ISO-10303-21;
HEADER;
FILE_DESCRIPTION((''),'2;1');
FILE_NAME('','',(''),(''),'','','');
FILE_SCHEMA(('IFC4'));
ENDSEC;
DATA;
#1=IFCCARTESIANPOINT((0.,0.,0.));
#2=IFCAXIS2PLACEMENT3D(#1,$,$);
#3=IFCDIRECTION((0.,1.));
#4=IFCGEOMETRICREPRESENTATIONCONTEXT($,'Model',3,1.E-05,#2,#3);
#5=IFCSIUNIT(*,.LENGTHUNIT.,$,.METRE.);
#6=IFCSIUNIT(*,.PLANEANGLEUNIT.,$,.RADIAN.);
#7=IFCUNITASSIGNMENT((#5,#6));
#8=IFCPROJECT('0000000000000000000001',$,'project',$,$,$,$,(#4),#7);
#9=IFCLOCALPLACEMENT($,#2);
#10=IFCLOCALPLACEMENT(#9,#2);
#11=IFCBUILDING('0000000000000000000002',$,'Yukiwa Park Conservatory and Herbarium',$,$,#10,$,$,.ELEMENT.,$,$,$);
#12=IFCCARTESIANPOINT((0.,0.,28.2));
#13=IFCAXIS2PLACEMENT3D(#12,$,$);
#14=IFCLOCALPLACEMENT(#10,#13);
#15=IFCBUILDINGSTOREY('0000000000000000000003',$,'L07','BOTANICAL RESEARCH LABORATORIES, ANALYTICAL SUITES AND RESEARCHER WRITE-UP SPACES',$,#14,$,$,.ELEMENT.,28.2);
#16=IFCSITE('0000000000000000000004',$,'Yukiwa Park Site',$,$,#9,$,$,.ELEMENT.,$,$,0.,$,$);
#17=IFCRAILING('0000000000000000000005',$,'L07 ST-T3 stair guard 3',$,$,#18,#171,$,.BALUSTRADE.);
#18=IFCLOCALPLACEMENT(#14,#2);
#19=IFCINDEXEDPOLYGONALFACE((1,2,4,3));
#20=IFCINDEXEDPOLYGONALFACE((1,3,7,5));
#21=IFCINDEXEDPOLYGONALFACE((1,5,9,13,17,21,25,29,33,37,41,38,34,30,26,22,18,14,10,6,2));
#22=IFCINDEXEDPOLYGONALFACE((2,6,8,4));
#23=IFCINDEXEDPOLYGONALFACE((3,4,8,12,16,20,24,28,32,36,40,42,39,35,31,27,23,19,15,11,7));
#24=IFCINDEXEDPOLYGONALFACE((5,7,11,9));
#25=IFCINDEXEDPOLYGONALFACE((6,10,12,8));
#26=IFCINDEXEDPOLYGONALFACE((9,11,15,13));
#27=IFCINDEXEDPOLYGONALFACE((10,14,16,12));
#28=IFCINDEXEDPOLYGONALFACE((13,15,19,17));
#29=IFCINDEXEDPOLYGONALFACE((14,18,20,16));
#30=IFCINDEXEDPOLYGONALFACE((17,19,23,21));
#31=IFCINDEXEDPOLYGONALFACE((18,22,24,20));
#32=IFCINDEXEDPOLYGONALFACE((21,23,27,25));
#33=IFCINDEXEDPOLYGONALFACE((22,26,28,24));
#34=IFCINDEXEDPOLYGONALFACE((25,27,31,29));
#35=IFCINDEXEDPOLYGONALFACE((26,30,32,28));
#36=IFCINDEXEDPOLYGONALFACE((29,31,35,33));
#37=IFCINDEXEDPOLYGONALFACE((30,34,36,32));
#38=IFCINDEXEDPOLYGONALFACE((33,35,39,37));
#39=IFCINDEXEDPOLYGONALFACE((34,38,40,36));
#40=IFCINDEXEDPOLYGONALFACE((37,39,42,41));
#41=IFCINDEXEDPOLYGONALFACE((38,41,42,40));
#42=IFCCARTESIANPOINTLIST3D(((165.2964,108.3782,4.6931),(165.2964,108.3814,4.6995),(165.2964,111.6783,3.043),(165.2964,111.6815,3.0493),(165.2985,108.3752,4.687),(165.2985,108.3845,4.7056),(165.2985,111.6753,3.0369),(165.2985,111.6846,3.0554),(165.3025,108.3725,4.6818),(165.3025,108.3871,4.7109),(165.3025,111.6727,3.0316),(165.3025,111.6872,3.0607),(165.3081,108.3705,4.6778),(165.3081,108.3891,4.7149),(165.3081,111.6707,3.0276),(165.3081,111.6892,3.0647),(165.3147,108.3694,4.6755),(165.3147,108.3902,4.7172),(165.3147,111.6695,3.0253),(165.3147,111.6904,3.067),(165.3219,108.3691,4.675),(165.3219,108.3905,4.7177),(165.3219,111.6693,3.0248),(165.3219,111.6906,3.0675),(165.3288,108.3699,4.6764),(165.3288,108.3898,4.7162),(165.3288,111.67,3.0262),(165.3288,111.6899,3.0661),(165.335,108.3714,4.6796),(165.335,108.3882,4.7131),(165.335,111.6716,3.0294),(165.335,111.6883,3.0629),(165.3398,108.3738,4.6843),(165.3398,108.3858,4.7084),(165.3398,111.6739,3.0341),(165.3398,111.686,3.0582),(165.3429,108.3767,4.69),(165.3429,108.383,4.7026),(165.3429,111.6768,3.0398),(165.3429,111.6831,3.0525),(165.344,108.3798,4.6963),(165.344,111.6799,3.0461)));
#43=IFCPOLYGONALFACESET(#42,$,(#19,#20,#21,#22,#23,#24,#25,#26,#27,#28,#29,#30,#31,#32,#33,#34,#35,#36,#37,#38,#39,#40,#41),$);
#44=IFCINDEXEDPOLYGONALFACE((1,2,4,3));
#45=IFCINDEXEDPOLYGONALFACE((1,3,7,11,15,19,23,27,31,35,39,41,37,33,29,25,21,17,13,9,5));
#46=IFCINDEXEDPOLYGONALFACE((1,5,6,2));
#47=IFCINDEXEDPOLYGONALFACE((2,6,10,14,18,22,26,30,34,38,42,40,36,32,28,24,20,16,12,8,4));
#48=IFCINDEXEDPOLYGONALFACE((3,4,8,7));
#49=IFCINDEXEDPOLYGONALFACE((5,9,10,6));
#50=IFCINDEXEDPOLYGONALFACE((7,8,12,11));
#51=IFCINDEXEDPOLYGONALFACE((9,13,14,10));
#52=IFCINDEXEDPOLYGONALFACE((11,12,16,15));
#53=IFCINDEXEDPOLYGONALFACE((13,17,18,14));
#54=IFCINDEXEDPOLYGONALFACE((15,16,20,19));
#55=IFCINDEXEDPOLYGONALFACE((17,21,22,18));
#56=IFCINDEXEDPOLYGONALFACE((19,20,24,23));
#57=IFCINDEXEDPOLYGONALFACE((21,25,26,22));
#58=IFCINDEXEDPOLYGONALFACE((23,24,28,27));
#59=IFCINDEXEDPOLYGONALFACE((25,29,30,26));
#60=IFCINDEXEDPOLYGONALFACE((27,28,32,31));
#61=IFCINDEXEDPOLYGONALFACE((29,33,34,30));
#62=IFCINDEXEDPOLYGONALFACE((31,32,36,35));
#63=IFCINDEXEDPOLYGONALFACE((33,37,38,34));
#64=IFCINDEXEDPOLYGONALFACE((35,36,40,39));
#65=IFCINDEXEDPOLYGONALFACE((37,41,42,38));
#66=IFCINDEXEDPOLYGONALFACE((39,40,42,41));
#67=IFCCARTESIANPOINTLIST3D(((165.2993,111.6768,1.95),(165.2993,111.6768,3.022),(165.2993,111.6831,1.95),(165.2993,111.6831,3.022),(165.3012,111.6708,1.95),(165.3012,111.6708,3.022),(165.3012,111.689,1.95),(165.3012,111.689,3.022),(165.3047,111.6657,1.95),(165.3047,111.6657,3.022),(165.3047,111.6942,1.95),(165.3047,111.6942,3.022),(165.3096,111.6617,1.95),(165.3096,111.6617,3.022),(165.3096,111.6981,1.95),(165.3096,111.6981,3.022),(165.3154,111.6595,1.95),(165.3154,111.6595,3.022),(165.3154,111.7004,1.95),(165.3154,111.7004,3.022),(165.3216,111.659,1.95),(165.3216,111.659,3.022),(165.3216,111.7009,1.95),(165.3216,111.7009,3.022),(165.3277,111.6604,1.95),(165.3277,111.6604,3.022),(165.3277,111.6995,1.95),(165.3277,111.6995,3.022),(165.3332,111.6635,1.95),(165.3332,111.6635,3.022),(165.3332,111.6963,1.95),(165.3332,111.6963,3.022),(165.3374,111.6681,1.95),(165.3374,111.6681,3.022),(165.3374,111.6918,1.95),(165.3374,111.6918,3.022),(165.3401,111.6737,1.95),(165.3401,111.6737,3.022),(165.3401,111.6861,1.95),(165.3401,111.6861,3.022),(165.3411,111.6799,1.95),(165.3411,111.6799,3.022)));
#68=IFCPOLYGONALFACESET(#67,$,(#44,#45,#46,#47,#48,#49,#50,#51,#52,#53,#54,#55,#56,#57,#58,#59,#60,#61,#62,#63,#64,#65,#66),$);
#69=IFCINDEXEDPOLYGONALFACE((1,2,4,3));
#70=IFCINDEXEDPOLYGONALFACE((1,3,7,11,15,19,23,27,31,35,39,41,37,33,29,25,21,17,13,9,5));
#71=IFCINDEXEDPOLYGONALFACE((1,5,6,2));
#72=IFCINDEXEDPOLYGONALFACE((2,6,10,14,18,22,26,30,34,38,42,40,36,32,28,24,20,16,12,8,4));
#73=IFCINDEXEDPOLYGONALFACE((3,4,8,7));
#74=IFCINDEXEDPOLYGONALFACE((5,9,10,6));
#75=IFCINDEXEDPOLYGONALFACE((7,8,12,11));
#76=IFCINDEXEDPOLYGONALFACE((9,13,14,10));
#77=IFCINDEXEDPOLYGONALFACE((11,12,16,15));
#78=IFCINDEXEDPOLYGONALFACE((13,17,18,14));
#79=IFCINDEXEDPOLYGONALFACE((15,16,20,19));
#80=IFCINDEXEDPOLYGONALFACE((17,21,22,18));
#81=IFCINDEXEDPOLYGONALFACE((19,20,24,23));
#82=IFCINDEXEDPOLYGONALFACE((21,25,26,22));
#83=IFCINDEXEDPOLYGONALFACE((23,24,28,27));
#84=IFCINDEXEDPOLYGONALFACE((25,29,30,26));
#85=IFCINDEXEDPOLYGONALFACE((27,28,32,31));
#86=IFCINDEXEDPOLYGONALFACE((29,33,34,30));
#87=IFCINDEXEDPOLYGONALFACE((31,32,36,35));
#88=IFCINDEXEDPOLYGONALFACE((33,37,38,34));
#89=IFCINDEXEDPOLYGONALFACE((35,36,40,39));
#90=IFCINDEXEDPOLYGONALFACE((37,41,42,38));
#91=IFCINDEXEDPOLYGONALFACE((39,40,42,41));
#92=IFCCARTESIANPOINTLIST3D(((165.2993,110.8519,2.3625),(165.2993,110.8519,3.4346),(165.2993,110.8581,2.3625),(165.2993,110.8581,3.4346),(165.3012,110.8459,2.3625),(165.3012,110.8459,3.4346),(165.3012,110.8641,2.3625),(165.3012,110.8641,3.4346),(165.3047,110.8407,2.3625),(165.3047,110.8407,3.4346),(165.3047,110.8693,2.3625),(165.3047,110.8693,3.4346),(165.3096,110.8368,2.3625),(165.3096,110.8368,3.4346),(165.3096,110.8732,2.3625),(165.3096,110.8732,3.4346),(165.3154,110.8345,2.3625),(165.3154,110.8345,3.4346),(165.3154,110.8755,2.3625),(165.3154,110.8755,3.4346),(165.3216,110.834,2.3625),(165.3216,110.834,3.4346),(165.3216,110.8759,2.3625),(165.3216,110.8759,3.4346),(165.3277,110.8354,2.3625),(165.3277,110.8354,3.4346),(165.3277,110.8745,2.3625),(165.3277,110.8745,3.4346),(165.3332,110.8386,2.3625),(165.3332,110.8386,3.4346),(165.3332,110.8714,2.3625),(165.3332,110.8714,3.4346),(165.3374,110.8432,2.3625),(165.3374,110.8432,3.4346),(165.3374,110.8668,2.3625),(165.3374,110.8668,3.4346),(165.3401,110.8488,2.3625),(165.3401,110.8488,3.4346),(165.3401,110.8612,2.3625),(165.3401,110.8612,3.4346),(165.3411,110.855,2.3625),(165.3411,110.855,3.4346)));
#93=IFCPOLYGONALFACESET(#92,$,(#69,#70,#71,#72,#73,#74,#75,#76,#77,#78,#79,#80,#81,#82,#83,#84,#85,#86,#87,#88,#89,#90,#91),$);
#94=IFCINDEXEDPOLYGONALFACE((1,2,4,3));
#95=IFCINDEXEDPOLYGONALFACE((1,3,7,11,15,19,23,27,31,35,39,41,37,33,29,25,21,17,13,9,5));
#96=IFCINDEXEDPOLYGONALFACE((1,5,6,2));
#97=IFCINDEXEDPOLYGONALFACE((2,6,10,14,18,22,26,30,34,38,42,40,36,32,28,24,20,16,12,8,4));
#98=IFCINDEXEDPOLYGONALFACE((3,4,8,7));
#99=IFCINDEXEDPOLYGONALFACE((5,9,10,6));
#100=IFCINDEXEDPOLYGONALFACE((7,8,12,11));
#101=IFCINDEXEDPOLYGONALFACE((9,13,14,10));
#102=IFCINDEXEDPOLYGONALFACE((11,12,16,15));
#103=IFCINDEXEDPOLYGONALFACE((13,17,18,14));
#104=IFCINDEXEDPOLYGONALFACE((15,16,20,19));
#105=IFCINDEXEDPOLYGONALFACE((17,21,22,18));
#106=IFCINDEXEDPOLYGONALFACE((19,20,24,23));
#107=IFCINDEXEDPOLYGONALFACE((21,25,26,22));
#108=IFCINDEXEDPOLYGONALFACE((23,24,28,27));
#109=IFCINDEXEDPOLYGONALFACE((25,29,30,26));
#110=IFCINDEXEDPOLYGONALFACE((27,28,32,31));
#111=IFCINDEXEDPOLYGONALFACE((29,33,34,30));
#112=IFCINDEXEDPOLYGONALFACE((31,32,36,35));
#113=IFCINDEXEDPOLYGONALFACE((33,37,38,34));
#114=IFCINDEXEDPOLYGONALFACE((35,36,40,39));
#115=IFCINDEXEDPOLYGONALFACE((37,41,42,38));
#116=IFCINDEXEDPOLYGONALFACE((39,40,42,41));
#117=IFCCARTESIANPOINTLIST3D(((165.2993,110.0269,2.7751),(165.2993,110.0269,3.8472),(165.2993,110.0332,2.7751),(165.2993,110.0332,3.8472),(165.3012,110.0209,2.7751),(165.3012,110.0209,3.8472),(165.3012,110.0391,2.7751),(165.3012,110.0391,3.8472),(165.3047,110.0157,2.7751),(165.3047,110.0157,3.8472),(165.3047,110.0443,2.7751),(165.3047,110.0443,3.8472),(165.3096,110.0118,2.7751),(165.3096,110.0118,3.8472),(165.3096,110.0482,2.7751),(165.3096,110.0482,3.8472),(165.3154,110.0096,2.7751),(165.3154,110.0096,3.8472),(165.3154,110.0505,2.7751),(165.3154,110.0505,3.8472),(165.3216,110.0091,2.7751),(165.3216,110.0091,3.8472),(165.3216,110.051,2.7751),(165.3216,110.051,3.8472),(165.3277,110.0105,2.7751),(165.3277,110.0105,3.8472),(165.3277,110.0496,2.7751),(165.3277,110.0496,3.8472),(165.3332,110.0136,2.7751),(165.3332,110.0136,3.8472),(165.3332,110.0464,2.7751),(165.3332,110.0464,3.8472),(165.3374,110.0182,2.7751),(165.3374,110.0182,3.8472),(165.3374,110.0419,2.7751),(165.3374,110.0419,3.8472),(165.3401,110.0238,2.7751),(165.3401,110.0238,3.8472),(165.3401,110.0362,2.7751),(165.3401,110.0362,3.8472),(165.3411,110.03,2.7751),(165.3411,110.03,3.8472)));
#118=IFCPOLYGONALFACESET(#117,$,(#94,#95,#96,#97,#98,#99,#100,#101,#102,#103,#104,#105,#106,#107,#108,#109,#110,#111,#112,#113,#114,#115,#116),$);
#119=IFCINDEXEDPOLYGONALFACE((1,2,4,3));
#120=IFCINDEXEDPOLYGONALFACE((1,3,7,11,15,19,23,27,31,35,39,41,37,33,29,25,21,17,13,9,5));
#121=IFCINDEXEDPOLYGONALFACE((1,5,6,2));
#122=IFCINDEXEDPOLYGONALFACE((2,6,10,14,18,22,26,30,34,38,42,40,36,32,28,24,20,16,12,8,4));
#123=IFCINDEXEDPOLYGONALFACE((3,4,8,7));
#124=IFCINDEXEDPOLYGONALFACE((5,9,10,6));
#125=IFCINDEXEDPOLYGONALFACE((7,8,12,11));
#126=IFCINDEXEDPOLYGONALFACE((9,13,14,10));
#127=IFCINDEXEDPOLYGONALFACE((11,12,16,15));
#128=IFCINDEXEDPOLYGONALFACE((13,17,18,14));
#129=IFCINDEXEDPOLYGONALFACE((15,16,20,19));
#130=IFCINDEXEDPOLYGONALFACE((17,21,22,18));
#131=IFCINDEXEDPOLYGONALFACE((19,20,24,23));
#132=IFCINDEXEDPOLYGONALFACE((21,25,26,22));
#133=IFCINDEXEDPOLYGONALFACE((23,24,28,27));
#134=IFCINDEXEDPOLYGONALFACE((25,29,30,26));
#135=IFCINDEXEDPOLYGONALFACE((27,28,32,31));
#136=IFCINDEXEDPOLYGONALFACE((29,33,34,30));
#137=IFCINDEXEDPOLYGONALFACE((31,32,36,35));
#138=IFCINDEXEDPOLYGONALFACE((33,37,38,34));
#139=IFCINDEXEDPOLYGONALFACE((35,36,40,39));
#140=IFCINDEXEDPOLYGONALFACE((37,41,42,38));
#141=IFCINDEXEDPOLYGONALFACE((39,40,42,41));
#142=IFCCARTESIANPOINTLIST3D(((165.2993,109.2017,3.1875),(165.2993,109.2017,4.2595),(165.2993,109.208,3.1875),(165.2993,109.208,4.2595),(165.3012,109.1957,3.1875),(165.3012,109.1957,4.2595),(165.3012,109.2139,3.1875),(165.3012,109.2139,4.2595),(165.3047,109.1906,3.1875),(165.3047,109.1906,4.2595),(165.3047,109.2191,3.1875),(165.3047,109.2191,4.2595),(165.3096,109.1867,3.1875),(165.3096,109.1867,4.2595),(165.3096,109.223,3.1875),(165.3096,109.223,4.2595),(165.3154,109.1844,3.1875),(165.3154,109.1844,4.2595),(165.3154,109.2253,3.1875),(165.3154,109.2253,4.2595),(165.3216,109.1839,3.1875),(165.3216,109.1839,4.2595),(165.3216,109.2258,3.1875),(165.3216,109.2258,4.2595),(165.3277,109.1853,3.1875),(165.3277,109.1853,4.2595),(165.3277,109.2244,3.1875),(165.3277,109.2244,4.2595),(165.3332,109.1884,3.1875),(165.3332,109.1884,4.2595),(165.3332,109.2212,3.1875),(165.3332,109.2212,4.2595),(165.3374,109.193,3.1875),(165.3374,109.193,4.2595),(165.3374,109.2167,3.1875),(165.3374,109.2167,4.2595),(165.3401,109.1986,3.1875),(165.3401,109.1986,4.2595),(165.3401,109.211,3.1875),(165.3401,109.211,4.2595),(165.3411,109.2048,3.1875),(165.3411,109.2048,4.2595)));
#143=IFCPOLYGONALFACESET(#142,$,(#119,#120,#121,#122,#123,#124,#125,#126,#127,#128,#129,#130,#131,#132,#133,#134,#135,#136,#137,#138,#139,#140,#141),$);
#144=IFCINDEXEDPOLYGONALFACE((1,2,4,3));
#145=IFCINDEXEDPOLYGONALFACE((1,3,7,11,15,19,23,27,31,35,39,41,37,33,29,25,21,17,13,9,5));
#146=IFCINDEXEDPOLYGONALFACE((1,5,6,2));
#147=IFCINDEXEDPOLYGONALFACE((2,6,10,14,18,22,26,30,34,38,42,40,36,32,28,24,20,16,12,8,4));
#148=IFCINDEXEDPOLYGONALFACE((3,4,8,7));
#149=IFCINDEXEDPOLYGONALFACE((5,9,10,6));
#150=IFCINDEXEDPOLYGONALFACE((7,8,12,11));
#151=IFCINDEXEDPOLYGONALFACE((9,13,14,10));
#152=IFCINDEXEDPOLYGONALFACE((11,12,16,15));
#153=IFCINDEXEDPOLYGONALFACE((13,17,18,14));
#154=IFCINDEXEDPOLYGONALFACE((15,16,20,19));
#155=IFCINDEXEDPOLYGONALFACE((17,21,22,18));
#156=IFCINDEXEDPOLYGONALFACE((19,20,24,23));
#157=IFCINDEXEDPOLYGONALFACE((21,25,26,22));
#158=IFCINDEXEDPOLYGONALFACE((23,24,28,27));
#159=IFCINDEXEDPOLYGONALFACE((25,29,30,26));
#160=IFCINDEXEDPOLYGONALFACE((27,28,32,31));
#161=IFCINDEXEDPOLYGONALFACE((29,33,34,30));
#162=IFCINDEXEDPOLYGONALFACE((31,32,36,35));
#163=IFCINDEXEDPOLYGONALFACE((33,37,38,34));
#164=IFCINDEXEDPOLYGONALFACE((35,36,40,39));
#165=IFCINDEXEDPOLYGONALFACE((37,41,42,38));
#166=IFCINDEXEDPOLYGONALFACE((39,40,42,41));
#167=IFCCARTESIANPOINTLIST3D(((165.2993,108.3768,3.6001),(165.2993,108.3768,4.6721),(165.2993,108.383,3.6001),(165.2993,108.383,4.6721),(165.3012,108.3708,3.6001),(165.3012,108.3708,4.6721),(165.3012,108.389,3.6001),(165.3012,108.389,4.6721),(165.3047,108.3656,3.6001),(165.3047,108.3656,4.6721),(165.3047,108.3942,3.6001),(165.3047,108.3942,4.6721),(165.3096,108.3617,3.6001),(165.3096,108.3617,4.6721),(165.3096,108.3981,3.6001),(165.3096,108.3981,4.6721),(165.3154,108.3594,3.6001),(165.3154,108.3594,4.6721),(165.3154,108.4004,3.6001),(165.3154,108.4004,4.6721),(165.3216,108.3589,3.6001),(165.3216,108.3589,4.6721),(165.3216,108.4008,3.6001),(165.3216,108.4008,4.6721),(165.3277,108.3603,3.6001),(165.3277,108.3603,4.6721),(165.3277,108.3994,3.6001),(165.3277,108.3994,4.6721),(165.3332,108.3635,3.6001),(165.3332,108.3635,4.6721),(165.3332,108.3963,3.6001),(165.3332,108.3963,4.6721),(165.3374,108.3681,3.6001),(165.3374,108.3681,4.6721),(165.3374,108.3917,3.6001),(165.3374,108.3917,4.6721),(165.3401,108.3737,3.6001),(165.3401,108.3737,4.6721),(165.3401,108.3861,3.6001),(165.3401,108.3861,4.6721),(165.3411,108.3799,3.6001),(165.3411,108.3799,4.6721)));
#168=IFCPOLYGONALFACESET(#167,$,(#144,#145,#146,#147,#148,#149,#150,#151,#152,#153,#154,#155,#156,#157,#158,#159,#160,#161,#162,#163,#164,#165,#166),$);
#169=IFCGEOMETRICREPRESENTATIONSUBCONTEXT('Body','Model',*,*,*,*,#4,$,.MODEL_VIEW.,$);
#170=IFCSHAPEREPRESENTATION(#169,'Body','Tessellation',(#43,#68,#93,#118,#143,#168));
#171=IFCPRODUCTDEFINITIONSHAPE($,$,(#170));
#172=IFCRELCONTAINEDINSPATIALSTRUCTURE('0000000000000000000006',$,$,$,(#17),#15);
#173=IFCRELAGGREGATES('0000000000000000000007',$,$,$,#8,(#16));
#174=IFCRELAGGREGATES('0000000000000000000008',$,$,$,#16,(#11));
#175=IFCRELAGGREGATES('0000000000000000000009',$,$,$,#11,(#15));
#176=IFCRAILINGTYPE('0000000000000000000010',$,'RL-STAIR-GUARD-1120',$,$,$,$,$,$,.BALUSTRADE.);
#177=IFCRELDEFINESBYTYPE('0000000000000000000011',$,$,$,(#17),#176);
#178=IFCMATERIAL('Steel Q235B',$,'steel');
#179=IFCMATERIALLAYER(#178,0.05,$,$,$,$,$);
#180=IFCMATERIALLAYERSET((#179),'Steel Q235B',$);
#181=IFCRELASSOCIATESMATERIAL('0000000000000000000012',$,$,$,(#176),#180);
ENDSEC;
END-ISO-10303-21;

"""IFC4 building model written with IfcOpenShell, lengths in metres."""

from ifc_helpers import new_model, si_unit, direction, frame, origin, origin_2d, place, context, subcontext, project, spatial, circle, extrude, material, layer, layer_set, type_object, element, save


model = new_model("IFC4")

# Units and contexts
model_context = context("Model", 3, precision=1e-05, world=origin(), true_north=direction((0.0, 1.0)))
body_context = subcontext(model_context, "Body", "Model", "MODEL_VIEW")
ifc_project = project(units=[si_unit("LENGTHUNIT", "METRE"), si_unit("PLANEANGLEUNIT", "RADIAN")], contexts=[model_context])

# Site, building, storey
site_placement = place(None, origin())
site = spatial("IfcSite", under=ifc_project, at=site_placement, Name="Yukiwa Park Site", CompositionType="ELEMENT", RefElevation=0.0)
building_placement = place(site_placement, origin())
building = spatial("IfcBuilding", under=site, at=building_placement, Name="Yukiwa Park Conservatory and Herbarium", CompositionType="ELEMENT")
storey_placement = place(building_placement, frame((0.0, 0.0, 28.2)))
storey = spatial("IfcBuildingStorey", under=building, at=storey_placement, Name="L07", Description="BOTANICAL RESEARCH LABORATORIES, ANALYTICAL SUITES AND RESEARCHER WRITE-UP SPACES", CompositionType="ELEMENT", Elevation=28.2)

# Railing
ifc_material_1 = material(Name="Steel Q235B", Category="steel")
ifc_layer_1 = layer(ifc_material_1, 0.05)
ifc_layer_set_1 = layer_set([ifc_layer_1], Name="Steel Q235B")
railing_type_1 = type_object("IfcRailingType", Name="RL-STAIR-GUARD-1120", PredefinedType="BALUSTRADE", material=ifc_layer_set_1)
railing_1_placement = place(storey_placement, frame((165.3201, 111.6799, 1.95)))
element("IfcRailing", 1, at=railing_1_placement, inside=storey, type_object=railing_type_1, Name="L07 ST-T3 stair guard 3", PredefinedType="BALUSTRADE", context=body_context, shape_type="SweptSolid", body=[
    extrude(circle(Radius=0.0239, at=origin_2d()), frame((0.0, 0.0, 1.0962), z_axis=(0.0, -0.894414, 0.44724), x_axis=(1.0, 0.0, 0.0)), (0.0, 0.0, 1.0), 3.6897),
    extrude(circle(Radius=0.021, at=origin_2d()), origin(), (0.0, 0.0, 1.0), 1.072),
    extrude(circle(Radius=0.021, at=origin_2d()), frame((0.0, -0.825, 0.4126)), (0.0, 0.0, 1.0), 1.072),
    extrude(circle(Radius=0.021, at=origin_2d()), frame((0.0, -1.6499, 0.8252)), (0.0, 0.0, 1.0), 1.072),
    extrude(circle(Radius=0.021, at=origin_2d()), frame((0.0, -2.4751, 1.2375)), (0.0, 0.0, 1.0), 1.072),
    extrude(circle(Radius=0.021, at=origin_2d()), frame((0.0, -3.3, 1.6501)), (0.0, 0.0, 1.0), 1.072),
])

save(model, "model.ifc")
